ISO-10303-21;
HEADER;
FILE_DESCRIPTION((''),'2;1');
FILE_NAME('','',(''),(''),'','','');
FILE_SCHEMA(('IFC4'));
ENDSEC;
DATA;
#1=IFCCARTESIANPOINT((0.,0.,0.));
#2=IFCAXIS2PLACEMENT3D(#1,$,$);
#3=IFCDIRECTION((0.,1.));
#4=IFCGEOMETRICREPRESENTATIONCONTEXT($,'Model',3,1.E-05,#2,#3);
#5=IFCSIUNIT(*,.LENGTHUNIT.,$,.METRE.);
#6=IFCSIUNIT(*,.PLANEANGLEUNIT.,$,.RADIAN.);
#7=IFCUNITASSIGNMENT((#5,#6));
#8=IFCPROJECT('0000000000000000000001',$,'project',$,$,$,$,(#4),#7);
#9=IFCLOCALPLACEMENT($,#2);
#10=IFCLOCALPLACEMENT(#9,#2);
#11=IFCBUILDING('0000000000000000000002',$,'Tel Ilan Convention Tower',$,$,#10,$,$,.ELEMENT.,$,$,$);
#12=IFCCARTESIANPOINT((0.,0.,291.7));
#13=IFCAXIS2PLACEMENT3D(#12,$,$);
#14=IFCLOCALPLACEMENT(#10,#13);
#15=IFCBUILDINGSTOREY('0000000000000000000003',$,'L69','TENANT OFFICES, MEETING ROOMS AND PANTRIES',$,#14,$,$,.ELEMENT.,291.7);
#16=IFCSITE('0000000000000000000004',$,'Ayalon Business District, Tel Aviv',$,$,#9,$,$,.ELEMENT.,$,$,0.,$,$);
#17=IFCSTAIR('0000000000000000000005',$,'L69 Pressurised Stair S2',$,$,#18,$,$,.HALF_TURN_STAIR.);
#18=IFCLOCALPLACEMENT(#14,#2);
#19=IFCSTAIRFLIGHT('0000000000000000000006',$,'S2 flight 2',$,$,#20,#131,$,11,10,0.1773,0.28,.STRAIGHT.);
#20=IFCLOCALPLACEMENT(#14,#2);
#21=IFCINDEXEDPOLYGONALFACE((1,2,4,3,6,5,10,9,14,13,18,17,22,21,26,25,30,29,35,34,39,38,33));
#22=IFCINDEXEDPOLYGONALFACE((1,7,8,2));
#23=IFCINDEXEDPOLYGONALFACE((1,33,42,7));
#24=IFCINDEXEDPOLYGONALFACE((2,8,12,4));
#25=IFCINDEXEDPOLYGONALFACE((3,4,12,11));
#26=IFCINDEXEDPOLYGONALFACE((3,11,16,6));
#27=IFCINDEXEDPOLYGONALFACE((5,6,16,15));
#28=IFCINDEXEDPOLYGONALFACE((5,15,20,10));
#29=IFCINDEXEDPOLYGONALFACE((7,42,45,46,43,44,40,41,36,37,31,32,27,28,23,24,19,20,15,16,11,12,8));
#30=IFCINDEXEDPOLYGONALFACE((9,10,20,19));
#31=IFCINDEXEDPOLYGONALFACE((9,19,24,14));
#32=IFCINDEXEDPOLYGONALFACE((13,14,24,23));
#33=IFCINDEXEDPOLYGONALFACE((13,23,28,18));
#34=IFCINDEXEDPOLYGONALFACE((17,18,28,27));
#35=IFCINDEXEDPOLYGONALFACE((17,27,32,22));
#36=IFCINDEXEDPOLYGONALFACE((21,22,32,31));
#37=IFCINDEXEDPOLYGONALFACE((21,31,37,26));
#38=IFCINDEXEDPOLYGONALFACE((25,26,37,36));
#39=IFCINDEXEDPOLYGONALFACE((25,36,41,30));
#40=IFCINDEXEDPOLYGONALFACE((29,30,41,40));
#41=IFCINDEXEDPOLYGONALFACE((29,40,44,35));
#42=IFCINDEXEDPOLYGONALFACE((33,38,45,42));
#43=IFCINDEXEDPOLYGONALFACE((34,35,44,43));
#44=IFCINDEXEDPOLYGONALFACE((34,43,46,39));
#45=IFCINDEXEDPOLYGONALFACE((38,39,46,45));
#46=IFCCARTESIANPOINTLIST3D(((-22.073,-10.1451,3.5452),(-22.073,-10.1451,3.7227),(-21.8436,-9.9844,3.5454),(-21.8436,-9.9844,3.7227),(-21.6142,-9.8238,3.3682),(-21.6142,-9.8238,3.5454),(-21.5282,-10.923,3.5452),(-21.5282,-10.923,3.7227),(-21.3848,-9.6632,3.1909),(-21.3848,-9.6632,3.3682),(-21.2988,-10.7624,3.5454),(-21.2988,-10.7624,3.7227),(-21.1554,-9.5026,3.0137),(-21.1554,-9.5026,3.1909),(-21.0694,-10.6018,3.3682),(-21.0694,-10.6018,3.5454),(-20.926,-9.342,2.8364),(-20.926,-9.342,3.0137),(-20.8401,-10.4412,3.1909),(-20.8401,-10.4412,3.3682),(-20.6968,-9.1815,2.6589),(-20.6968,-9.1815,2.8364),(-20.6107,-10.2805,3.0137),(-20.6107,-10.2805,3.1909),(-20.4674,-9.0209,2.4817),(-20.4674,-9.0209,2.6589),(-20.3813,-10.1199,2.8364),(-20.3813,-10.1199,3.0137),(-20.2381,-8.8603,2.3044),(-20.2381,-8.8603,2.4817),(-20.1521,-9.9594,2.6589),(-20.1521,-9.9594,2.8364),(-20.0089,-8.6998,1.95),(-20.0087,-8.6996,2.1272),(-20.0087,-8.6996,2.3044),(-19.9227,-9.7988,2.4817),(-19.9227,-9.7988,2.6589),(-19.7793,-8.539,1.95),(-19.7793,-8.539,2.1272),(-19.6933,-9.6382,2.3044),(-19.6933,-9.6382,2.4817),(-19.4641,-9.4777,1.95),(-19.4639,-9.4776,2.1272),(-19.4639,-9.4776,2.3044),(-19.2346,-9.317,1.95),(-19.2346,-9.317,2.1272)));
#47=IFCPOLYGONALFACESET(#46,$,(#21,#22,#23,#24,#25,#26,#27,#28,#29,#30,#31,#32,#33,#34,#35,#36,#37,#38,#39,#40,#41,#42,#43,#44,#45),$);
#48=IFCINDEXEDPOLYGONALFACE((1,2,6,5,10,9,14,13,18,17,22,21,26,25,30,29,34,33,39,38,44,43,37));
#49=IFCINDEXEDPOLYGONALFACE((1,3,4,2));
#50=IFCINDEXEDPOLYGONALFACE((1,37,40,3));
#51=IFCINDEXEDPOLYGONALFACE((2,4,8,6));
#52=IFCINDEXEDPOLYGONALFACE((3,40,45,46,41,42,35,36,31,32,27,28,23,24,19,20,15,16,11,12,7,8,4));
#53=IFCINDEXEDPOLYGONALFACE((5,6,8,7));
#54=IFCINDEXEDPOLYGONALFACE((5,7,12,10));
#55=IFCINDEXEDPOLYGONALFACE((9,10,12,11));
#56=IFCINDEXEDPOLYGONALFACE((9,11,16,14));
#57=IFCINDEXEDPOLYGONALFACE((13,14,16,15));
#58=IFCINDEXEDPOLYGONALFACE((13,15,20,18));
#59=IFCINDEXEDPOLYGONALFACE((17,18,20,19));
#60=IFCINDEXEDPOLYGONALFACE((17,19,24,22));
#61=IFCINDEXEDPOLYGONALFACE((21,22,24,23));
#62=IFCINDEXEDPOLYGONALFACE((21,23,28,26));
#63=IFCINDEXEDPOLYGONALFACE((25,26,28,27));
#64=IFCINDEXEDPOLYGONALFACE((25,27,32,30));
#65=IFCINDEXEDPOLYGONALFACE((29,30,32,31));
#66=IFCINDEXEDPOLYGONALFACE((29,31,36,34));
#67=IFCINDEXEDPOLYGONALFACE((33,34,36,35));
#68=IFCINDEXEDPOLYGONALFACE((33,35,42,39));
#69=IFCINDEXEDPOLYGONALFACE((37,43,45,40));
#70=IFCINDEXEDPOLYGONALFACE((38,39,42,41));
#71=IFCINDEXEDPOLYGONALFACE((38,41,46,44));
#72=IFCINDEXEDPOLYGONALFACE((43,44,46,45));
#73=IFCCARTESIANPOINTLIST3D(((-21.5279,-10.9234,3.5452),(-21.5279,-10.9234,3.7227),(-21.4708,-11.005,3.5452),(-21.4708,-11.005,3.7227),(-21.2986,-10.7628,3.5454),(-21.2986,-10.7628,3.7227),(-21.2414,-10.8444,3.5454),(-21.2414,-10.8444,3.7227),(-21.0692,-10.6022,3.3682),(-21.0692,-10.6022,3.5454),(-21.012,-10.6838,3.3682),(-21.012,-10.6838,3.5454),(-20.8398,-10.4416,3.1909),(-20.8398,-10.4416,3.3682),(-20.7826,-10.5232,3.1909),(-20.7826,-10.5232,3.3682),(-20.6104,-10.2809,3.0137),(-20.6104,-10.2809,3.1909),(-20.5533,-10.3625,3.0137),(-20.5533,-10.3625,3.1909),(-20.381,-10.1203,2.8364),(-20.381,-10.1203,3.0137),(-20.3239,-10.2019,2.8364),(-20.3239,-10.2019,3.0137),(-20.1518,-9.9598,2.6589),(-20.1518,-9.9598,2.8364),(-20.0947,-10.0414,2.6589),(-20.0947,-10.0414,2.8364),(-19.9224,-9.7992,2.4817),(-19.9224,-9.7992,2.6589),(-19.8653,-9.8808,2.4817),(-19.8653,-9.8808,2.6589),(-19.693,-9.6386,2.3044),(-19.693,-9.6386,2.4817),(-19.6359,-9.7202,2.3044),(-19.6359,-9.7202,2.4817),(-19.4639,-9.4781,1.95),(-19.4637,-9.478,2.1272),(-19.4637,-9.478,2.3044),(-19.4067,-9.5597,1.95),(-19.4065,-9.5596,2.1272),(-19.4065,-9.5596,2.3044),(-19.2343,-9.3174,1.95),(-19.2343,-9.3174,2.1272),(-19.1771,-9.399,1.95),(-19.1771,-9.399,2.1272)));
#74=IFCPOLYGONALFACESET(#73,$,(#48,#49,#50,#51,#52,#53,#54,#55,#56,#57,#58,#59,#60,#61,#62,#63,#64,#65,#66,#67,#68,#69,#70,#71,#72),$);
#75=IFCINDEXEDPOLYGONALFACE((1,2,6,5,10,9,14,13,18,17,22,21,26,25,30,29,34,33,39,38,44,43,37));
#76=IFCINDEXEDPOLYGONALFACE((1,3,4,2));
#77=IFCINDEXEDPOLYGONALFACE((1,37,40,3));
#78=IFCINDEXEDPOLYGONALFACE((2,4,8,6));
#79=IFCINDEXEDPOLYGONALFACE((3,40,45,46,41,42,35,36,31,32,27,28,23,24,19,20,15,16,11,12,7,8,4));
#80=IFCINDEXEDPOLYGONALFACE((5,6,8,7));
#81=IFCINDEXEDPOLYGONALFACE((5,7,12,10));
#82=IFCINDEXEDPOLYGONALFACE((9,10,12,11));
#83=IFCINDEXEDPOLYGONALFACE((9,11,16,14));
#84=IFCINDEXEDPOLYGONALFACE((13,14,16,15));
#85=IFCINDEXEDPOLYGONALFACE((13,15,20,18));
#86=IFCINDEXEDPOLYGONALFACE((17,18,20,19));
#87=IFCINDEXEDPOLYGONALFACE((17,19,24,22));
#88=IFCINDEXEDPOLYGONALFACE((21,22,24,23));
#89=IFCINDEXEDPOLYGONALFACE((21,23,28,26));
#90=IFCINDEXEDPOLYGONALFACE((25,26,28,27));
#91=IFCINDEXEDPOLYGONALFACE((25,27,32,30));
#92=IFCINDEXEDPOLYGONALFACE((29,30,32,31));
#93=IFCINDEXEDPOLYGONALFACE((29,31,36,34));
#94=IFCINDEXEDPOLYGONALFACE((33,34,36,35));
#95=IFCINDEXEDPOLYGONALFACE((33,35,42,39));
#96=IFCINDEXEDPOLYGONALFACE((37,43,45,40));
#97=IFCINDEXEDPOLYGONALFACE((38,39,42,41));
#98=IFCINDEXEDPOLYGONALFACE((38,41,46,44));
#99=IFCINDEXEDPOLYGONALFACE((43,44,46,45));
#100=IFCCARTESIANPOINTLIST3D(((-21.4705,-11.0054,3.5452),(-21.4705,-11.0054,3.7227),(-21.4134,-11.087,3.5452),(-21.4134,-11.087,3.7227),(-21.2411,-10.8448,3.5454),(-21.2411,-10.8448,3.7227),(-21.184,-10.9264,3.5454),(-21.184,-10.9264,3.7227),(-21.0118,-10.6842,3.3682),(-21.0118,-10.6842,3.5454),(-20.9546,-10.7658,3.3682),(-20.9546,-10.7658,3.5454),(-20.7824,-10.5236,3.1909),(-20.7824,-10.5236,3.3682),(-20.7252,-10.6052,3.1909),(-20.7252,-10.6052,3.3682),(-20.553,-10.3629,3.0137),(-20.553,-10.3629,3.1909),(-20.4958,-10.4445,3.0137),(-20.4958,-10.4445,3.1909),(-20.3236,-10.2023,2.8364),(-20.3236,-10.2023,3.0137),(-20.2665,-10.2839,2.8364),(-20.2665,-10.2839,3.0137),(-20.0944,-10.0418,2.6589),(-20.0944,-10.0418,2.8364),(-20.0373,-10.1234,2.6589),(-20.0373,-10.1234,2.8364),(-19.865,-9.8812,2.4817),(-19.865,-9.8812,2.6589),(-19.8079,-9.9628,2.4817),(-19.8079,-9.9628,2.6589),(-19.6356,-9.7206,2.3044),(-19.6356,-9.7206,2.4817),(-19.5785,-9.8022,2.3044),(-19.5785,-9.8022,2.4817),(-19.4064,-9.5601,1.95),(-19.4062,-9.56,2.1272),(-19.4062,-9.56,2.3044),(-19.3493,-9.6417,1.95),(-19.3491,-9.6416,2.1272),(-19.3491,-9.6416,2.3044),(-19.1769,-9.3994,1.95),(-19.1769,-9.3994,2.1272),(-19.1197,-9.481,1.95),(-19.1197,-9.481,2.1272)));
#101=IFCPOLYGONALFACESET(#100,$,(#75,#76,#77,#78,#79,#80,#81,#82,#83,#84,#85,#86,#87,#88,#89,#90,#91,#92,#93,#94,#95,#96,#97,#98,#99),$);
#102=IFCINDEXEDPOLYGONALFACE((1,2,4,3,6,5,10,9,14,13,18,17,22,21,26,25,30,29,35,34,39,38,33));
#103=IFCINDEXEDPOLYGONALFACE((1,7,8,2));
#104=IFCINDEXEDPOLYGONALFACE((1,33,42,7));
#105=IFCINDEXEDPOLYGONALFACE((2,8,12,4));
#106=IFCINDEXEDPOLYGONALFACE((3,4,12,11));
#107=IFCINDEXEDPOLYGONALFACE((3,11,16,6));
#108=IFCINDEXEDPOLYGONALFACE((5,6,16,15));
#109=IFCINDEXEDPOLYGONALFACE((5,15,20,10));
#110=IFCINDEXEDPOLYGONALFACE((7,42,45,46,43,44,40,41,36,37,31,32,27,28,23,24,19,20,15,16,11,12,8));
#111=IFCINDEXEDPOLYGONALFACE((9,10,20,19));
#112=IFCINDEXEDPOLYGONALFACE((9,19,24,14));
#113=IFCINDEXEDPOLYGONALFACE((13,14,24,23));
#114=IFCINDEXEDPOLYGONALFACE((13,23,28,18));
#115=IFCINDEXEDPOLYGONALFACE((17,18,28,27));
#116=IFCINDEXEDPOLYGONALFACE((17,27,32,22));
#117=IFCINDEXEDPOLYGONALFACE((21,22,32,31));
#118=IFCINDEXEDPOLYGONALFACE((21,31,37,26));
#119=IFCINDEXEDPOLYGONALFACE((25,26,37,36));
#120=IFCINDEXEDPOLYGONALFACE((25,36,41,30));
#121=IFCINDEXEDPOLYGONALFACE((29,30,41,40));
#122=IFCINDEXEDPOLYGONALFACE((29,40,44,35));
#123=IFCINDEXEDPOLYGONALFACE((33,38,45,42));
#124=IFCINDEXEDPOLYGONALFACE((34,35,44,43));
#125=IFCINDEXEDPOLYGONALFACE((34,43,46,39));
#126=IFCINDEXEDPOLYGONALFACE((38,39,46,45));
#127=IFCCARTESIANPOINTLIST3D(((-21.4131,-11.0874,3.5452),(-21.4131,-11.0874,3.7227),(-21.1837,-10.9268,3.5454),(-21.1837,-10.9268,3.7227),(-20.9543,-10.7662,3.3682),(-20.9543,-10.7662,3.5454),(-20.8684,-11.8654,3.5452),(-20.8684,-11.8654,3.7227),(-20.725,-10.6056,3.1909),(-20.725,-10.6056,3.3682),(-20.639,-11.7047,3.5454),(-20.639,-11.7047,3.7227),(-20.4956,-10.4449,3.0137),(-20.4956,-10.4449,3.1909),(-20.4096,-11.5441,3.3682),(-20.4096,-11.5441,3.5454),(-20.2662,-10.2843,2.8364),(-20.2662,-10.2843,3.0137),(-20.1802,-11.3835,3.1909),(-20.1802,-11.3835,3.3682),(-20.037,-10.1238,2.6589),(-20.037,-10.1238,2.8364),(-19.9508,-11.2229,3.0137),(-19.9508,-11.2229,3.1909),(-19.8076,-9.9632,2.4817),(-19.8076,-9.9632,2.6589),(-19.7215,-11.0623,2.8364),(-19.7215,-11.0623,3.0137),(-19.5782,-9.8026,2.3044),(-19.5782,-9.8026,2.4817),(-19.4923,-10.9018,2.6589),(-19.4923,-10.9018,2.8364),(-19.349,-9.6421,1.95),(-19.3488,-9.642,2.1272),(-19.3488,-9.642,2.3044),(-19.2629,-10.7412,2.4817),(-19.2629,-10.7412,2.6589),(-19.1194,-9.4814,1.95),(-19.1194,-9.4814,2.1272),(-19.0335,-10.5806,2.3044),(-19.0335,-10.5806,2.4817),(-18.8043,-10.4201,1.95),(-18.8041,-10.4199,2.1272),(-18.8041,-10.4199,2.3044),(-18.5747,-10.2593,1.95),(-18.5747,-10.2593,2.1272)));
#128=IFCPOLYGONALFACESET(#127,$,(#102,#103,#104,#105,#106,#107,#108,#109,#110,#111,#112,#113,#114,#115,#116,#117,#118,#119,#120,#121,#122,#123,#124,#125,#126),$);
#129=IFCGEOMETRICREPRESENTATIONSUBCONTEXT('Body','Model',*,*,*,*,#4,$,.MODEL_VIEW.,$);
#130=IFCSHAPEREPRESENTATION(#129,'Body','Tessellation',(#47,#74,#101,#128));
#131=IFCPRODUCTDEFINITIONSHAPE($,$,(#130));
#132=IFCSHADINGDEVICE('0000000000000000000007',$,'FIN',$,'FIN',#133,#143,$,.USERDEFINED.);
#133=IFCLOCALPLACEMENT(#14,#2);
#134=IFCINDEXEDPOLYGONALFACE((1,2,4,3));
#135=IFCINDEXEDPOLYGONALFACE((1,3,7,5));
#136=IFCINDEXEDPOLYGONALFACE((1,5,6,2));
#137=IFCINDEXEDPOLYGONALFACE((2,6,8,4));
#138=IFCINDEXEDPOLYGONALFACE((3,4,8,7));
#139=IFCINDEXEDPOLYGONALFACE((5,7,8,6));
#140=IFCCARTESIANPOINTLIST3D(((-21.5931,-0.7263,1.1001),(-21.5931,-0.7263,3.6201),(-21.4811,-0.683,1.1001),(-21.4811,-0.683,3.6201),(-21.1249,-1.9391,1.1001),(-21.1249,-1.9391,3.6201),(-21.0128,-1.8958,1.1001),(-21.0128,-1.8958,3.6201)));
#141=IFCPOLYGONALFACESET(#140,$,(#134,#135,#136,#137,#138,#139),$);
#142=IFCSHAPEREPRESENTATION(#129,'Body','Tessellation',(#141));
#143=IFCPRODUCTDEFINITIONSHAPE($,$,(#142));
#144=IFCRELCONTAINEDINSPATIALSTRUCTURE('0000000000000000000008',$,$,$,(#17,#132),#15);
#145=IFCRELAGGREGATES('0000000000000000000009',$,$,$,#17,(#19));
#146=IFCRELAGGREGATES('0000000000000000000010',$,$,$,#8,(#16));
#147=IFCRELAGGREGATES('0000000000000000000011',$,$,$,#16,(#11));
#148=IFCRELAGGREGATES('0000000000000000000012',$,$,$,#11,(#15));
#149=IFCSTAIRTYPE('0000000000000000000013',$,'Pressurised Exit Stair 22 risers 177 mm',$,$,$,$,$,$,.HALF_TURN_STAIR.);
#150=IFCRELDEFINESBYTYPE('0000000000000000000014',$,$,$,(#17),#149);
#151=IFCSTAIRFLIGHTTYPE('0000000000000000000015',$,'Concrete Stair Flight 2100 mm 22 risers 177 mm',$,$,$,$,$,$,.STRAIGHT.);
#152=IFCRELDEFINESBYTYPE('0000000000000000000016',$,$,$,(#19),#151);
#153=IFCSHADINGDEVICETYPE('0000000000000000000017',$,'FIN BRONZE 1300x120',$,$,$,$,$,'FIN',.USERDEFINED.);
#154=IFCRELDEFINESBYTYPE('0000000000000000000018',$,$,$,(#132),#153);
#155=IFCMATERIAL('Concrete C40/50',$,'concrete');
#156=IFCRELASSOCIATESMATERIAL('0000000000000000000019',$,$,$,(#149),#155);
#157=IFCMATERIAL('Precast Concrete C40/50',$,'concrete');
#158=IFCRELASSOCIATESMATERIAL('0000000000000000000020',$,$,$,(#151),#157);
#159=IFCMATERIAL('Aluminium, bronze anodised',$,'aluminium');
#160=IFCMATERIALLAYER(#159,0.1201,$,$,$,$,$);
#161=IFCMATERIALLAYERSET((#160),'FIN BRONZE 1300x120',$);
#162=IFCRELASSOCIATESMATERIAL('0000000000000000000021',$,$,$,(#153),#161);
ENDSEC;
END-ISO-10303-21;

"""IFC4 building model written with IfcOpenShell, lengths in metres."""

from ifc_helpers import new_model, si_unit, direction, frame, origin, origin_2d, place, context, subcontext, project, spatial, polyline, rectangle, outline, extrude, material, layer, layer_set, type_object, element, aggregate, save


model = new_model("IFC4")

# Units and contexts
model_context = context("Model", 3, precision=1e-05, world=origin(), true_north=direction((0.0, 1.0)))
body_context = subcontext(model_context, "Body", "Model", "MODEL_VIEW")
ifc_project = project(units=[si_unit("LENGTHUNIT", "METRE"), si_unit("PLANEANGLEUNIT", "RADIAN")], contexts=[model_context])

# Site, building, storey
site_placement = place(None, origin())
site = spatial("IfcSite", under=ifc_project, at=site_placement, Name="Ayalon Business District, Tel Aviv", CompositionType="ELEMENT", RefElevation=0.0)
building_placement = place(site_placement, origin())
building = spatial("IfcBuilding", under=site, at=building_placement, Name="Tel Ilan Convention Tower", CompositionType="ELEMENT")
storey_placement = place(building_placement, frame((0.0, 0.0, 291.7)))
storey = spatial("IfcBuildingStorey", under=building, at=storey_placement, Name="L69", Description="TENANT OFFICES, MEETING ROOMS AND PANTRIES", CompositionType="ELEMENT", Elevation=291.7)

# Stair, stair flight
ifc_material_1 = material(Name="Concrete C40/50", Category="concrete")
stair_type = type_object("IfcStairType", Name="Pressurised Exit Stair 22 risers 177 mm", PredefinedType="HALF_TURN_STAIR", material=ifc_material_1)
ifc_material_2 = material(Name="Precast Concrete C40/50", Category="concrete")
stair_flight_type = type_object("IfcStairFlightType", Name="Concrete Stair Flight 2100 mm 22 risers 177 mm", PredefinedType="STRAIGHT", material=ifc_material_2)
stair_1_placement = place(storey_placement, origin())
stair_1 = element("IfcStair", 1, at=stair_1_placement, inside=storey, type_object=stair_type, Name="L69 Pressurised Stair S2", PredefinedType="HALF_TURN_STAIR")
stair_flight_1_placement = place(storey_placement, frame((-19.177, -9.3992, 1.95), z_axis=(0.0, 0.0, 1.0), x_axis=(-0.819152, -0.573576, 0.0)))
stair_flight_1 = element("IfcStairFlight", 2, at=stair_flight_1_placement, type_object=stair_flight_type, Name="S2 flight 2", NumberOfRisers=11, NumberOfTreads=10, PredefinedType="STRAIGHT", RiserHeight=0.1773, TreadLength=0.28, context=body_context, shape_type="SweptSolid", body=[
    extrude(outline(polyline([(0.0, 0.0), (0.0, 0.1772), (0.28, 0.1772), (0.28, 0.3545), (0.5601, 0.3545), (0.5601, 0.5317), (0.8401, 0.5317), (0.8401, 0.709), (1.1201, 0.709), (1.1201, 0.8865), (1.3999, 0.8865), (1.3999, 1.0637), (1.6799, 1.0637), (1.6799, 1.241), (1.96, 1.241), (1.96, 1.4182), (2.24, 1.4182), (2.24, 1.5955), (2.52, 1.5955), (2.52, 1.7727), (2.8, 1.7727), (2.8, 1.95), (2.8, 1.5952), (0.2803, 0.0), (0.0, 0.0)])), frame((0.0, -0.1003, 0.0), z_axis=(0.0, -1.0, 0.0), x_axis=(1.0, 0.0, 0.0)), (0.0, 0.0, 1.0), 0.9497),
    extrude(outline(polyline([(0.0, 0.0), (0.0, 0.1772), (0.28, 0.1772), (0.28, 0.3545), (0.5601, 0.3545), (0.5601, 0.5317), (0.8401, 0.5317), (0.8401, 0.709), (1.1201, 0.709), (1.1201, 0.8865), (1.3999, 0.8865), (1.3999, 1.0637), (1.6799, 1.0637), (1.6799, 1.241), (1.96, 1.241), (1.96, 1.4182), (2.24, 1.4182), (2.24, 1.5955), (2.52, 1.5955), (2.52, 1.7727), (2.8, 1.7727), (2.8, 1.95), (2.8, 1.5952), (0.2803, 0.0), (0.0, 0.0)])), frame((0.0, -0.0002, 0.0), z_axis=(0.0, -1.0, 0.0), x_axis=(1.0, 0.0, 0.0)), (0.0, 0.0, 1.0), 0.0996),
    extrude(outline(polyline([(0.0, 0.0), (0.0, 0.1772), (0.28, 0.1772), (0.28, 0.3545), (0.5601, 0.3545), (0.5601, 0.5317), (0.8401, 0.5317), (0.8401, 0.709), (1.1201, 0.709), (1.1201, 0.8865), (1.3999, 0.8865), (1.3999, 1.0637), (1.6799, 1.0637), (1.6799, 1.241), (1.96, 1.241), (1.96, 1.4182), (2.24, 1.4182), (2.24, 1.5955), (2.52, 1.5955), (2.52, 1.7727), (2.8, 1.7727), (2.8, 1.95), (2.8, 1.5952), (0.2803, 0.0), (0.0, 0.0)])), frame((0.0, 0.0999, 0.0), z_axis=(0.0, -1.0, 0.0), x_axis=(1.0, 0.0, 0.0)), (0.0, 0.0, 1.0), 0.0996),
    extrude(outline(polyline([(0.0, 0.0), (0.0, 0.1772), (0.28, 0.1772), (0.28, 0.3545), (0.5601, 0.3545), (0.5601, 0.5317), (0.8401, 0.5317), (0.8401, 0.709), (1.1201, 0.709), (1.1201, 0.8865), (1.3999, 0.8865), (1.3999, 1.0637), (1.6799, 1.0637), (1.6799, 1.241), (1.96, 1.241), (1.96, 1.4182), (2.24, 1.4182), (2.24, 1.5955), (2.52, 1.5955), (2.52, 1.7727), (2.8, 1.7727), (2.8, 1.95), (2.8, 1.5952), (0.2803, 0.0), (0.0, 0.0)])), frame((0.0, 1.05, 0.0), z_axis=(0.0, -1.0, 0.0), x_axis=(1.0, 0.0, 0.0)), (0.0, 0.0, 1.0), 0.9497),
])
aggregate(stair_1, [stair_flight_1])

# Shading device
ifc_material_3 = material(Name="Aluminium, bronze anodised", Category="aluminium")
ifc_layer_1 = layer(ifc_material_3, 0.1201)
ifc_layer_set_1 = layer_set([ifc_layer_1], Name="FIN BRONZE 1300x120")
shading_device_type = type_object("IfcShadingDeviceType", Name="FIN BRONZE 1300x120", ElementType="FIN", PredefinedType="USERDEFINED", material=ifc_layer_set_1)
shading_device_placement = place(storey_placement, frame((-21.303, -1.311, 1.1001), z_axis=(0.0, 0.0, 1.0), x_axis=(-0.360178, 0.932884, 0.0)))
element("IfcShadingDevice", 3, at=shading_device_placement, inside=storey, type_object=shading_device_type, Name="FIN", ObjectType="FIN", PredefinedType="USERDEFINED", context=body_context, shape_type="SweptSolid", body=[
    extrude(rectangle(XDim=1.3, YDim=0.1201, at=origin_2d()), origin(), (0.0, 0.0, 1.0), 2.52),
])

save(model, "model.ifc")
